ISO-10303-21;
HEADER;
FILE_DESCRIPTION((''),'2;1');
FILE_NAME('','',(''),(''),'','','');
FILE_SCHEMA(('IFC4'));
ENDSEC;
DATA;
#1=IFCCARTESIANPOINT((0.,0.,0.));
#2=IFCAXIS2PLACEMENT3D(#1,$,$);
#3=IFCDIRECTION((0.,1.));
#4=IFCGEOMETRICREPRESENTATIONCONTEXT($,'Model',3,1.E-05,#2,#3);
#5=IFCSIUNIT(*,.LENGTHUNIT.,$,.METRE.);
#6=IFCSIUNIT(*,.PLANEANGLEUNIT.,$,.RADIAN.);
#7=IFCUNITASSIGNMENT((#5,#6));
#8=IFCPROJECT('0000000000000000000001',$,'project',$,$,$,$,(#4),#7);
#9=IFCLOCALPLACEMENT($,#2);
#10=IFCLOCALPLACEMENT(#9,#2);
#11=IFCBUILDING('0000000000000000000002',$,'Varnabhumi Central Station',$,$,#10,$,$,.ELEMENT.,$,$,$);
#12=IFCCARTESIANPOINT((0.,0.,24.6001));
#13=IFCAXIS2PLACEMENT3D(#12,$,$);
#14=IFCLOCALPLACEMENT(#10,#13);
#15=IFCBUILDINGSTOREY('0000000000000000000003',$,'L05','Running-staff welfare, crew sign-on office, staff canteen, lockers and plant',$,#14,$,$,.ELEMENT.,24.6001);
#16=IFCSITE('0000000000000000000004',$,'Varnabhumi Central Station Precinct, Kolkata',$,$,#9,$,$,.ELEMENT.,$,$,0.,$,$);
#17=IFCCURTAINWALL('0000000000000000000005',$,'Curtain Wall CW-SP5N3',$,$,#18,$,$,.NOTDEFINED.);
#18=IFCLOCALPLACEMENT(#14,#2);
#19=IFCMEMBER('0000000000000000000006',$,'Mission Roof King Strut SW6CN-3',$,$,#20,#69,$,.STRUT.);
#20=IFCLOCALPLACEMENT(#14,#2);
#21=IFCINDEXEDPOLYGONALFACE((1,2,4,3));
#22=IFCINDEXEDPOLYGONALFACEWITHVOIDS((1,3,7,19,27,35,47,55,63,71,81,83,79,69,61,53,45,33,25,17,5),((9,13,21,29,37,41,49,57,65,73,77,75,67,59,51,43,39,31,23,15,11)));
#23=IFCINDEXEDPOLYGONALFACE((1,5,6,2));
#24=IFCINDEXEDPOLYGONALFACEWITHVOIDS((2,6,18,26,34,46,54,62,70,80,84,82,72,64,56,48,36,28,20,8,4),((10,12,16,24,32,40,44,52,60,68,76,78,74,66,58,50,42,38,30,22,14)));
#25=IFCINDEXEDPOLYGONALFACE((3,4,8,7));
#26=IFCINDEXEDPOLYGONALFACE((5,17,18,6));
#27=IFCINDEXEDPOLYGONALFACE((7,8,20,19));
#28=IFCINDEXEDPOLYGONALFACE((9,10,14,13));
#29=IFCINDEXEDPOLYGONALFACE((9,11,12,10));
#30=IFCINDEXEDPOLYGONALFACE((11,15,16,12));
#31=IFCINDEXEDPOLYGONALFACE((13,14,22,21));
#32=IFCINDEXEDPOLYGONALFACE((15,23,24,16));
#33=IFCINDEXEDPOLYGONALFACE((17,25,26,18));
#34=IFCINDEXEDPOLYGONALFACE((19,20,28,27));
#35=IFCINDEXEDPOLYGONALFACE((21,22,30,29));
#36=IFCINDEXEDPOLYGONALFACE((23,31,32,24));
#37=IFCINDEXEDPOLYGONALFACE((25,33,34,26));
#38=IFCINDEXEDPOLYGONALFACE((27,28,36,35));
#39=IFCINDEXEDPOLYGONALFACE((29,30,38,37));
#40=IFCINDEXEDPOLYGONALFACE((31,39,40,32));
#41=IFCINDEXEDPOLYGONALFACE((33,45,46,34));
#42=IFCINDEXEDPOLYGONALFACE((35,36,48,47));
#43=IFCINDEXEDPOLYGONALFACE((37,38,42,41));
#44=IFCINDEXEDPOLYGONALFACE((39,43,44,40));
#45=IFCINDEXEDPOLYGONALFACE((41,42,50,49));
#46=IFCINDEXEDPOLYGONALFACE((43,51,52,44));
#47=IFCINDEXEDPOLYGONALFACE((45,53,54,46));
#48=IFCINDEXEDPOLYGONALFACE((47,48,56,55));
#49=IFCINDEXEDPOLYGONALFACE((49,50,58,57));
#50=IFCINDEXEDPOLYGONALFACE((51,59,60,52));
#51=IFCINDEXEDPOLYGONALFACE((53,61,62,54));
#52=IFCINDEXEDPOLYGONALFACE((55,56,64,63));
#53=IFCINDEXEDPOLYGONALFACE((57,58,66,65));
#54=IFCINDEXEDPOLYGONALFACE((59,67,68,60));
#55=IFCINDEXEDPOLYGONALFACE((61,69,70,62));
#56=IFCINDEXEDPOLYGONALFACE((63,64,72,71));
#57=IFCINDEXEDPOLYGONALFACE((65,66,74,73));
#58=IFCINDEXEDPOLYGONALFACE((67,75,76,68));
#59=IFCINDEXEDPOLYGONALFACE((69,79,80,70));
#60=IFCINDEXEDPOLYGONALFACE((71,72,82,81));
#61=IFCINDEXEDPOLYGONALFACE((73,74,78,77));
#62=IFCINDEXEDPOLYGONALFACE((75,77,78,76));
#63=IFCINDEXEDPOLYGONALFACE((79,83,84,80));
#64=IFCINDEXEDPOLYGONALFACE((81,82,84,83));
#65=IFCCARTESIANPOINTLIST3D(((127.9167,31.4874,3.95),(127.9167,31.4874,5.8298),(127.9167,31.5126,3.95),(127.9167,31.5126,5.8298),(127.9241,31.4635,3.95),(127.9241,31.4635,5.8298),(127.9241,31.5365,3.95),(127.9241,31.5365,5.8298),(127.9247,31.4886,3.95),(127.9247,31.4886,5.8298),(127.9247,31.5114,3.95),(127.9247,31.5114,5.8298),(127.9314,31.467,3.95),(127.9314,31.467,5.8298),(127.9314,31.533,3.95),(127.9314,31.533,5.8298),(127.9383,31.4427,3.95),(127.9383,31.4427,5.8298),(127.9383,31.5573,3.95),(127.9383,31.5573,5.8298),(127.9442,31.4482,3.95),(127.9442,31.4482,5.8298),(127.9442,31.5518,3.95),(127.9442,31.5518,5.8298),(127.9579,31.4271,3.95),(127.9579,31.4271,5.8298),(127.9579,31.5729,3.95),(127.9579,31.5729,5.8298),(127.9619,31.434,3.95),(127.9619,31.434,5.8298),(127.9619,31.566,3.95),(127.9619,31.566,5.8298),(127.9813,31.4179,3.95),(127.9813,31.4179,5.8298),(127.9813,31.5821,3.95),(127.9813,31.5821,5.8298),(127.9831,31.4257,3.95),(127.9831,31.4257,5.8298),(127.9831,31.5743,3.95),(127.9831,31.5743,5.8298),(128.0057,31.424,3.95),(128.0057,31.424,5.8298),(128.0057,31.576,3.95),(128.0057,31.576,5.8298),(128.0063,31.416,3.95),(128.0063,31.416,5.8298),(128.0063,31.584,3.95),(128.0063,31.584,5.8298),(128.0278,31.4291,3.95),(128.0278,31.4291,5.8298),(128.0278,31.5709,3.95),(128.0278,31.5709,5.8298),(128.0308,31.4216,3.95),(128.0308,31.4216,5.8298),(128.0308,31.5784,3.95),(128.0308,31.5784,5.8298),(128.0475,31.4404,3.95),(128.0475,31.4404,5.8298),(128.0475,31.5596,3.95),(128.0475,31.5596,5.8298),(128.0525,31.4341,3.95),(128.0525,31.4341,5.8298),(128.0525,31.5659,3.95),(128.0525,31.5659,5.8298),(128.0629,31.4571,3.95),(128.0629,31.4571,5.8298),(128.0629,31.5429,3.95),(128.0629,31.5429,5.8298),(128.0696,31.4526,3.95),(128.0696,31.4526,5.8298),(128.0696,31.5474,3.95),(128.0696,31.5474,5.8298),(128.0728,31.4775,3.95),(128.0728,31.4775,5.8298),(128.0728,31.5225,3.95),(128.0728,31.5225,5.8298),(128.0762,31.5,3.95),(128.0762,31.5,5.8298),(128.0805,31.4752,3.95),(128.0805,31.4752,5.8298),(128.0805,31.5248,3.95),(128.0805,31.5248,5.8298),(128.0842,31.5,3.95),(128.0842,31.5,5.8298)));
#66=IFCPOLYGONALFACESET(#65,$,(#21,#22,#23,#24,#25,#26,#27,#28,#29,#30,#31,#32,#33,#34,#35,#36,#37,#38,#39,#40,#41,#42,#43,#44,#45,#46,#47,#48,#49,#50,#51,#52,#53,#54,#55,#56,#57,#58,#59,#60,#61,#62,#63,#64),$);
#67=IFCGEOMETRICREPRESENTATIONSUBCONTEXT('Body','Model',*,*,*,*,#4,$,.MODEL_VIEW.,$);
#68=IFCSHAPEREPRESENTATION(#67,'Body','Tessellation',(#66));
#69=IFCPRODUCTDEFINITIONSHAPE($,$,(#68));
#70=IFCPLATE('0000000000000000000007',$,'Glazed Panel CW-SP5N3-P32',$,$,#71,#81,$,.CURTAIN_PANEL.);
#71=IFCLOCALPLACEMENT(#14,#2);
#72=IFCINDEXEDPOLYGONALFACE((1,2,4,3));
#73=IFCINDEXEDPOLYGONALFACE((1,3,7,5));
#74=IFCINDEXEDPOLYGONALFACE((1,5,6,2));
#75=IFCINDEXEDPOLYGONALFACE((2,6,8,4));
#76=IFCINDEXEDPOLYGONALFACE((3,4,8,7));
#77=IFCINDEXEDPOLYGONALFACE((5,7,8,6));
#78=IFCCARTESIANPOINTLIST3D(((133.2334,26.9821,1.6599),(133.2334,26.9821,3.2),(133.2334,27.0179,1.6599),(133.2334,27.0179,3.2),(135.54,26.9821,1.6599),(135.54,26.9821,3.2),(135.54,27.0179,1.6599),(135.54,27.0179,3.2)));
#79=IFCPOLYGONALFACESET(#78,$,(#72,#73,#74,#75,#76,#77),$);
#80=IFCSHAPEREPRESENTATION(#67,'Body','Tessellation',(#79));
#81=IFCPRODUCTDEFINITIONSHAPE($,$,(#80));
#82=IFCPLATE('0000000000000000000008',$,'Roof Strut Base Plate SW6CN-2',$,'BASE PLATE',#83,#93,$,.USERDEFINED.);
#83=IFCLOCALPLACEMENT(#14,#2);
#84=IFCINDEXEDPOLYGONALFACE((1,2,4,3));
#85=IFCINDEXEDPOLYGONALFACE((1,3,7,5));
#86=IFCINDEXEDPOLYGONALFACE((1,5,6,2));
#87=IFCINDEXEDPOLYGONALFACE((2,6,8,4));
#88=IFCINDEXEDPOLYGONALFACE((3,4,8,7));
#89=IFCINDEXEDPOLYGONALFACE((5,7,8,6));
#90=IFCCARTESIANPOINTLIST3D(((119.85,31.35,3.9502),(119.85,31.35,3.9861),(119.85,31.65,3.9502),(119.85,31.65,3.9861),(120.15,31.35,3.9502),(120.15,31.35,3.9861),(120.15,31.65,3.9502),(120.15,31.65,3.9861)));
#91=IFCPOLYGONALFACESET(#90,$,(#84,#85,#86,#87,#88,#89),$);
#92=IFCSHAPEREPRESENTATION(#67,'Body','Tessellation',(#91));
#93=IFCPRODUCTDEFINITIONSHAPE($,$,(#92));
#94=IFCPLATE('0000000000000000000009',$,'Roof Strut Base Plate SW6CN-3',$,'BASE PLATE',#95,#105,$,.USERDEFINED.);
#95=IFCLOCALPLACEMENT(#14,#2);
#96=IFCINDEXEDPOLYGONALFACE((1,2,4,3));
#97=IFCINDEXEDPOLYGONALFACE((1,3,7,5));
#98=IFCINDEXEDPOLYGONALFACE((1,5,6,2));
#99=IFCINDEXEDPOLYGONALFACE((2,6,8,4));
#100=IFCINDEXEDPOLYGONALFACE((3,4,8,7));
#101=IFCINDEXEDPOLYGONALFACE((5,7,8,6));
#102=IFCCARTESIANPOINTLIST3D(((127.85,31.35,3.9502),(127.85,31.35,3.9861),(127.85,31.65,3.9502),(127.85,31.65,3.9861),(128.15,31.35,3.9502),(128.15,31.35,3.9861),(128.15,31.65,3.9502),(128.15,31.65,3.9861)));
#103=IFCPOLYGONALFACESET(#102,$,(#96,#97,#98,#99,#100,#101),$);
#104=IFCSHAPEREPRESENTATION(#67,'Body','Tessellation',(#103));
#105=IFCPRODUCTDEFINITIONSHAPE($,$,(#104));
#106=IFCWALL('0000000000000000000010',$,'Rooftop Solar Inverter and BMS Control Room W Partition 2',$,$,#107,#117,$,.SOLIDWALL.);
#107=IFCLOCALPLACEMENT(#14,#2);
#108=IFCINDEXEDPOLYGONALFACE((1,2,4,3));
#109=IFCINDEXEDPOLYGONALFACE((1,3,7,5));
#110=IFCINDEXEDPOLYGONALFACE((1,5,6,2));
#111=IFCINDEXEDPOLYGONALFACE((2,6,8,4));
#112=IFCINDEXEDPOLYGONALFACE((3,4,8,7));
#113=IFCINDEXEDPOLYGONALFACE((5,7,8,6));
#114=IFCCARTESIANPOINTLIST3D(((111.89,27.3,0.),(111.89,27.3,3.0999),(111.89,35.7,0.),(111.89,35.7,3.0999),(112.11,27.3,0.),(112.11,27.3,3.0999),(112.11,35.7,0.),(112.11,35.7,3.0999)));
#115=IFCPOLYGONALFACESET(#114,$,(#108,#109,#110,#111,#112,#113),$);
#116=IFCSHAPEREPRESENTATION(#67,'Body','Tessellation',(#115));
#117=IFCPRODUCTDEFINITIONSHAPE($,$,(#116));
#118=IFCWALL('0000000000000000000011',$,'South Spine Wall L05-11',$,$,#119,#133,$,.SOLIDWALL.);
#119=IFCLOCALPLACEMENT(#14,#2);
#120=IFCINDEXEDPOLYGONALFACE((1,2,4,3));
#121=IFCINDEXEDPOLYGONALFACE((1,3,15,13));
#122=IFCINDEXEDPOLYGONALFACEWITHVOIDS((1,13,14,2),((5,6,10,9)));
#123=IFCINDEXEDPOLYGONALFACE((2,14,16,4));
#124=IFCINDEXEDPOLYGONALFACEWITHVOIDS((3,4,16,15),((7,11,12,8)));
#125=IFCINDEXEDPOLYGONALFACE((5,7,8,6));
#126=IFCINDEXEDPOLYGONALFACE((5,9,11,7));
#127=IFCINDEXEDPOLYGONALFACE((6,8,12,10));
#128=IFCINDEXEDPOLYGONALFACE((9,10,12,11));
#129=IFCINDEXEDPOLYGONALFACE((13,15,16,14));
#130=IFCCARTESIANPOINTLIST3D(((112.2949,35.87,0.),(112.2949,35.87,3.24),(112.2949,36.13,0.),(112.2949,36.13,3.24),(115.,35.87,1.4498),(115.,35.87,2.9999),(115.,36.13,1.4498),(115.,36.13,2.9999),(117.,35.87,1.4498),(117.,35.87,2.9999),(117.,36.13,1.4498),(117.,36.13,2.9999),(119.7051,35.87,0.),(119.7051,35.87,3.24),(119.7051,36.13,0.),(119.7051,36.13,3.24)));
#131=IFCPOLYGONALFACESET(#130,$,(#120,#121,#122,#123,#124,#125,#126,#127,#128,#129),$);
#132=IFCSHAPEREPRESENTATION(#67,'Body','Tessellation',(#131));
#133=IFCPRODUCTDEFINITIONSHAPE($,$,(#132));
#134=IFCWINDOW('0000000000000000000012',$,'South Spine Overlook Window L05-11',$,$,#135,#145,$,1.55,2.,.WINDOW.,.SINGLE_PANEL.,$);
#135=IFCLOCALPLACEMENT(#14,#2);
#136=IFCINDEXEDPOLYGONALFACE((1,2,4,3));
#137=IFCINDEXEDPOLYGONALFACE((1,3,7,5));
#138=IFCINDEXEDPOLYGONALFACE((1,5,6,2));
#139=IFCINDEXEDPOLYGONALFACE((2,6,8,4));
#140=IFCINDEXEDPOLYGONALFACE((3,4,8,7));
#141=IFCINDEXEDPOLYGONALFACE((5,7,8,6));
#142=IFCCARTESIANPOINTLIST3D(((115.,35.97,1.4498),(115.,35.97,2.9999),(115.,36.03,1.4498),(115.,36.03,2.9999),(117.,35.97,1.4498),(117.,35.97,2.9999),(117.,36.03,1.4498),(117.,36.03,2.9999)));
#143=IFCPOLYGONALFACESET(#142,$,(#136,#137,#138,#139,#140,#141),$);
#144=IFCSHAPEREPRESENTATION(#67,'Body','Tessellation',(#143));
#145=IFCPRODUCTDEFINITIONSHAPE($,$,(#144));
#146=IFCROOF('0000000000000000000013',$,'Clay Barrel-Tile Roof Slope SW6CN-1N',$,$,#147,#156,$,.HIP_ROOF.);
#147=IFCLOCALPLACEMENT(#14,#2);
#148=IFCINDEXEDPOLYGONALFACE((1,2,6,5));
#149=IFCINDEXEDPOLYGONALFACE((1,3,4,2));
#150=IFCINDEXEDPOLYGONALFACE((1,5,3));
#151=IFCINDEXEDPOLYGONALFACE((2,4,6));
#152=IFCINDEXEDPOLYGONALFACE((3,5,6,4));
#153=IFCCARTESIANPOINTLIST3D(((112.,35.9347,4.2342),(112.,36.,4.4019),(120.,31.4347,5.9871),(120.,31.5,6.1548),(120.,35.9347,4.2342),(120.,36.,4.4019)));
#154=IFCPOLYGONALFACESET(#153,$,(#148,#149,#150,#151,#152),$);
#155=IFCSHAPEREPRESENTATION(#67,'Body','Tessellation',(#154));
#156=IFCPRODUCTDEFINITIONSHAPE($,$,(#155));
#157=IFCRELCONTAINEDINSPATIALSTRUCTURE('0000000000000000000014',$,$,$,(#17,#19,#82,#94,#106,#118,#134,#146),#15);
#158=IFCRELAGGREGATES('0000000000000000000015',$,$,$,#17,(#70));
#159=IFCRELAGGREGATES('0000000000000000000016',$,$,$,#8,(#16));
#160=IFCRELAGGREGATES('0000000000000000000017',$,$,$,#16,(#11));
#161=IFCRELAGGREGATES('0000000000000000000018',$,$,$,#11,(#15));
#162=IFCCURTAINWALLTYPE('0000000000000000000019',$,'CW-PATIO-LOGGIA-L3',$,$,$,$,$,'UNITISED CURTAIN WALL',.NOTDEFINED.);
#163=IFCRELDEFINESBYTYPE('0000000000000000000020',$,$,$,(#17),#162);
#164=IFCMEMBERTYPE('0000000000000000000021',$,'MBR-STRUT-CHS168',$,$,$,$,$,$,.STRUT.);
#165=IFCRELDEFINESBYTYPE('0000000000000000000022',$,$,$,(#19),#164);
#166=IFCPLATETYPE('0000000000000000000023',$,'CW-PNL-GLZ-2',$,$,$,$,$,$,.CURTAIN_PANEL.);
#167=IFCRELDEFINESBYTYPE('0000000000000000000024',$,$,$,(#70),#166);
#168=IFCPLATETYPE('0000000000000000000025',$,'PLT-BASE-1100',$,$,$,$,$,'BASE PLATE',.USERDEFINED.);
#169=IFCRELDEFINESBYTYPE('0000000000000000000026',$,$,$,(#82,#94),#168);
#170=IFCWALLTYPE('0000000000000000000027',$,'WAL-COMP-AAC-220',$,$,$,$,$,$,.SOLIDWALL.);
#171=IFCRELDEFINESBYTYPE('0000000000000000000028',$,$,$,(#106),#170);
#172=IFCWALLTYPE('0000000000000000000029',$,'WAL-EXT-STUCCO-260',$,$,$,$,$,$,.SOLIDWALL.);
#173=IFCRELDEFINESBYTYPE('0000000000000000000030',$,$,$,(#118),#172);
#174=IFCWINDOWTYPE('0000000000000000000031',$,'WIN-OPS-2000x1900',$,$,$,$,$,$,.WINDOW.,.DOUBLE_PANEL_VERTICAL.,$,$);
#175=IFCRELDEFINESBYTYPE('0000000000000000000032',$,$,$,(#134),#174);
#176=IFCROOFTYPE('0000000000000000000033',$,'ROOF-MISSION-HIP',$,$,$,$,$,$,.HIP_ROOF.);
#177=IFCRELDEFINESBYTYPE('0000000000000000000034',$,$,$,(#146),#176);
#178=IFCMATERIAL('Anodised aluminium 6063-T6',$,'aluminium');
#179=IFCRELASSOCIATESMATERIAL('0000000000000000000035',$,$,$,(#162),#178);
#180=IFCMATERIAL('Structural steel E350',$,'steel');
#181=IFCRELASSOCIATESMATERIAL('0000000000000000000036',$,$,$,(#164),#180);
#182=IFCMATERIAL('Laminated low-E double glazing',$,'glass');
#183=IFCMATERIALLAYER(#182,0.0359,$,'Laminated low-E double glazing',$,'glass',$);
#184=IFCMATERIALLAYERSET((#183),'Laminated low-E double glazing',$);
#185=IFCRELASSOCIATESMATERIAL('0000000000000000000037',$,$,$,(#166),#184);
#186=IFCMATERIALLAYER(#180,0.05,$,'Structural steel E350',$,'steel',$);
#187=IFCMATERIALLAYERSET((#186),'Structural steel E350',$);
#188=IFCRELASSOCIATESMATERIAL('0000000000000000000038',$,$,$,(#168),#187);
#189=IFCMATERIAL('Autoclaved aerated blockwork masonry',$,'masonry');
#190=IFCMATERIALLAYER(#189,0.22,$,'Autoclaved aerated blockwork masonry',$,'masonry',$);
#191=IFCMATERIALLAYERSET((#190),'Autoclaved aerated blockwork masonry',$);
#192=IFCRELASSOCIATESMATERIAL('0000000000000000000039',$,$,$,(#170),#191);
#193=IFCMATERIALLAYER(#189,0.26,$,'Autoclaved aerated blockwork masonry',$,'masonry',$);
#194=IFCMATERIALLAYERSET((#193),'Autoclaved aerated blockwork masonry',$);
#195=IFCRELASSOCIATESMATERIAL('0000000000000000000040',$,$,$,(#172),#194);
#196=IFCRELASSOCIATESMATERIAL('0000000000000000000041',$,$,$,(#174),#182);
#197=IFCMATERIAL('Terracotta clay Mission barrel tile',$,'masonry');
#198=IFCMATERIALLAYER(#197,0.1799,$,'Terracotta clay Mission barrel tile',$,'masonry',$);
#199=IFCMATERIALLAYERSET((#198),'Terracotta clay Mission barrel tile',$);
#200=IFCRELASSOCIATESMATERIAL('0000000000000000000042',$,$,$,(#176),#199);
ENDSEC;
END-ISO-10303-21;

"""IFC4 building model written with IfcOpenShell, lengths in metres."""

from ifc_helpers import new_model, si_unit, direction, frame, frame_2d, origin, origin_2d, place, context, subcontext, project, spatial, polyline, rectangle, hollow_circle, outline, extrude, material, layer, layer_set, material_profile, profile_set, type_object, element, fill, aggregate, save


model = new_model("IFC4")

# Units and contexts
model_context = context("Model", 3, precision=1e-05, world=origin(), true_north=direction((0.0, 1.0)))
body_context = subcontext(model_context, "Body", "Model", "MODEL_VIEW")
ifc_project = project(units=[si_unit("LENGTHUNIT", "METRE"), si_unit("PLANEANGLEUNIT", "RADIAN")], contexts=[model_context])

# Site, building, storey
site_placement = place(None, origin())
site = spatial("IfcSite", under=ifc_project, at=site_placement, Name="Varnabhumi Central Station Precinct, Kolkata", CompositionType="ELEMENT", RefElevation=0.0)
building_placement = place(site_placement, origin())
building = spatial("IfcBuilding", under=site, at=building_placement, Name="Varnabhumi Central Station", CompositionType="ELEMENT")
storey_placement = place(building_placement, frame((0.0, 0.0, 24.6001)))
storey = spatial("IfcBuildingStorey", under=building, at=storey_placement, Name="L05", Description="Running-staff welfare, crew sign-on office, staff canteen, lockers and plant", CompositionType="ELEMENT", Elevation=24.6001)

# Shared definitions
ifc_material_1 = material(Name="Structural steel E350", Category="steel")

# Curtain wall
ifc_material_2 = material(Name="Anodised aluminium 6063-T6", Category="aluminium")
curtain_wall_type = type_object("IfcCurtainWallType", Name="CW-PATIO-LOGGIA-L3", ElementType="UNITISED CURTAIN WALL", PredefinedType="NOTDEFINED", material=ifc_material_2)
curtain_wall_placement = place(storey_placement, origin())
curtain_wall = element("IfcCurtainWall", 1, at=curtain_wall_placement, inside=storey, type_object=curtain_wall_type, Name="Curtain Wall CW-SP5N3", PredefinedType="NOTDEFINED")

# Member
ifc_material_profile_1 = material_profile(ifc_material_1, hollow_circle(Radius=0.0842, WallThickness=0.0081, at=origin_2d()), Name="Structural steel E350", Category="steel")
ifc_profile_set_1 = profile_set([ifc_material_profile_1], Name="Structural steel E350")
member_type_1 = type_object("IfcMemberType", Name="MBR-STRUT-CHS168", PredefinedType="STRUT", material=ifc_profile_set_1)
for number, where, z_axis, x_axis, name in (
    (2, (128.0, 31.5, 3.95), (0.0, 0.0, 1.0), (1.0, 0.0, 0.0), "Mission Roof King Strut SW6CN-3"),
):
    element("IfcMember", number, at=place(storey_placement, frame(where, z_axis=z_axis, x_axis=x_axis)), inside=storey, type_object=member_type_1, Name=name, PredefinedType="STRUT", context=body_context, shape_type="SweptSolid", body=[
        extrude(hollow_circle(Radius=0.0842, WallThickness=0.0081, at=origin_2d()), origin(), (0.0, 0.0, 1.0), 1.8799),
    ])

# Plate
ifc_material_3 = material(Name="Laminated low-E double glazing", Category="glass")
ifc_layer_1 = layer(ifc_material_3, 0.0359, Name="Laminated low-E double glazing", Category="glass")
ifc_layer_set_1 = layer_set([ifc_layer_1], Name="Laminated low-E double glazing")
plate_type_1 = type_object("IfcPlateType", Name="CW-PNL-GLZ-2", PredefinedType="CURTAIN_PANEL", material=ifc_layer_set_1)
plate_placement = place(storey_placement, frame((134.3867, 27.0, 1.6599), z_axis=(0.0, 0.0, 1.0), x_axis=(1.0, 0.0, 0.0)))
plate = element("IfcPlate", 3, at=plate_placement, type_object=plate_type_1, Name="Glazed Panel CW-SP5N3-P32", PredefinedType="CURTAIN_PANEL", context=body_context, shape_type="SweptSolid", body=[
    extrude(rectangle(XDim=2.3066, YDim=0.0359, at=origin_2d()), origin(), (0.0, 0.0, 1.0), 1.54),
])
aggregate(curtain_wall, [plate])

# Plates
ifc_layer_2 = layer(ifc_material_1, 0.05, Name="Structural steel E350", Category="steel")
ifc_layer_set_2 = layer_set([ifc_layer_2], Name="Structural steel E350")
plate_type_2 = type_object("IfcPlateType", Name="PLT-BASE-1100", ElementType="BASE PLATE", PredefinedType="USERDEFINED", material=ifc_layer_set_2)
for number, where, z_axis, x_axis, name in (
    (4, (120.0, 31.5, 3.9502), (0.0, 0.0, 1.0), (1.0, 0.0, 0.0), "Roof Strut Base Plate SW6CN-2"),
    (5, (128.0, 31.5, 3.9502), (0.0, 0.0, 1.0), (1.0, 0.0, 0.0), "Roof Strut Base Plate SW6CN-3"),
):
    element("IfcPlate", number, at=place(storey_placement, frame(where, z_axis=z_axis, x_axis=x_axis)), inside=storey, type_object=plate_type_2, Name=name, ObjectType="BASE PLATE", PredefinedType="USERDEFINED", context=body_context, shape_type="SweptSolid", body=[
        extrude(rectangle(XDim=0.3, YDim=0.3, at=origin_2d()), origin(), (0.0, 0.0, 1.0), 0.0359),
    ])

# Wall
ifc_material_4 = material(Name="Autoclaved aerated blockwork masonry", Category="masonry")
ifc_layer_3 = layer(ifc_material_4, 0.22, Name="Autoclaved aerated blockwork masonry", Category="masonry")
ifc_layer_set_3 = layer_set([ifc_layer_3], Name="Autoclaved aerated blockwork masonry")
wall_type_1 = type_object("IfcWallType", Name="WAL-COMP-AAC-220", PredefinedType="SOLIDWALL", material=ifc_layer_set_3)
wall_1_placement = place(storey_placement, frame((112.0, 27.3, 0.0), z_axis=(0.0, 0.0, 1.0), x_axis=(0.0, 1.0, 0.0)))
element("IfcWall", 6, at=wall_1_placement, inside=storey, type_object=wall_type_1, Name="Rooftop Solar Inverter and BMS Control Room W Partition 2", PredefinedType="SOLIDWALL", context=body_context, shape_type="SweptSolid", body=[
    extrude(rectangle(XDim=8.3999, YDim=0.22, at=frame_2d((4.2, 0.0))), origin(), (0.0, 0.0, 1.0), 3.0999),
])

# Wall, opening, window
ifc_layer_4 = layer(ifc_material_4, 0.26, Name="Autoclaved aerated blockwork masonry", Category="masonry")
ifc_layer_set_4 = layer_set([ifc_layer_4], Name="Autoclaved aerated blockwork masonry")
wall_type_2 = type_object("IfcWallType", Name="WAL-EXT-STUCCO-260", PredefinedType="SOLIDWALL", material=ifc_layer_set_4)
wall_2_placement = place(storey_placement, frame((112.2949, 36.0, 0.0), z_axis=(0.0, 0.0, 1.0), x_axis=(1.0, 0.0, 0.0)))
wall_2 = element("IfcWall", 7, at=wall_2_placement, inside=storey, type_object=wall_type_2, Name="South Spine Wall L05-11", PredefinedType="SOLIDWALL", context=body_context, shape_type="SweptSolid", body=[
    extrude(rectangle(XDim=7.4102, YDim=0.26, at=frame_2d((3.7051, 0.0))), origin(), (0.0, 0.0, 1.0), 3.24),
])
opening_placement = place(wall_2_placement, frame((2.7051, 0.0, 1.45)))
opening = element("IfcOpeningElement", 8, at=opening_placement, cuts=wall_2, PredefinedType="OPENING", context=body_context, shape_type="SweptSolid", body=[
    extrude(rectangle(XDim=2.0, YDim=1.55, at=frame_2d((1.0, 0.7749))), frame((0.0, 0.1399, 0.0), z_axis=(0.0, -1.0, 0.0), x_axis=(1.0, 0.0, 0.0)), (0.0, 0.0, 1.0), 0.28),
])
window_type = type_object("IfcWindowType", Name="WIN-OPS-2000x1900", PartitioningType="DOUBLE_PANEL_VERTICAL", PredefinedType="WINDOW", material=ifc_material_3)
window_placement = place(opening_placement, origin())
window = element("IfcWindow", 9, at=window_placement, inside=storey, type_object=window_type, Name="South Spine Overlook Window L05-11", OverallHeight=1.55, OverallWidth=2.0, PartitioningType="SINGLE_PANEL", PredefinedType="WINDOW", context=body_context, shape_type="SweptSolid", body=[
    extrude(rectangle(XDim=2.0, YDim=1.55, at=frame_2d((1.0, 0.7749))), frame((0.0, 0.03, 0.0), z_axis=(0.0, -1.0, 0.0), x_axis=(1.0, 0.0, 0.0)), (0.0, 0.0, 1.0), 0.0601),
])
fill(opening, window)

# Roof
ifc_material_5 = material(Name="Terracotta clay Mission barrel tile", Category="masonry")
ifc_layer_5 = layer(ifc_material_5, 0.1799, Name="Terracotta clay Mission barrel tile", Category="masonry")
ifc_layer_set_5 = layer_set([ifc_layer_5], Name="Terracotta clay Mission barrel tile")
roof_type = type_object("IfcRoofType", Name="ROOF-MISSION-HIP", PredefinedType="HIP_ROOF", material=ifc_layer_set_5)
roof_placement = place(storey_placement, frame((120.0, 36.0, 4.4019), z_axis=(0.0, 0.362973, 0.9318), x_axis=(-1.0, 0.0, 0.0)))
element("IfcRoof", 10, at=roof_placement, inside=storey, type_object=roof_type, Name="Clay Barrel-Tile Roof Slope SW6CN-1N", PredefinedType="HIP_ROOF", context=body_context, shape_type="SweptSolid", body=[
    extrude(outline(polyline([(0.0, 0.0), (8.0, 0.0), (0.0, 4.8294), (0.0, 0.0)])), origin(), (0.0, 0.0, -1.0), 0.1799),
])

save(model, "model.ifc")
